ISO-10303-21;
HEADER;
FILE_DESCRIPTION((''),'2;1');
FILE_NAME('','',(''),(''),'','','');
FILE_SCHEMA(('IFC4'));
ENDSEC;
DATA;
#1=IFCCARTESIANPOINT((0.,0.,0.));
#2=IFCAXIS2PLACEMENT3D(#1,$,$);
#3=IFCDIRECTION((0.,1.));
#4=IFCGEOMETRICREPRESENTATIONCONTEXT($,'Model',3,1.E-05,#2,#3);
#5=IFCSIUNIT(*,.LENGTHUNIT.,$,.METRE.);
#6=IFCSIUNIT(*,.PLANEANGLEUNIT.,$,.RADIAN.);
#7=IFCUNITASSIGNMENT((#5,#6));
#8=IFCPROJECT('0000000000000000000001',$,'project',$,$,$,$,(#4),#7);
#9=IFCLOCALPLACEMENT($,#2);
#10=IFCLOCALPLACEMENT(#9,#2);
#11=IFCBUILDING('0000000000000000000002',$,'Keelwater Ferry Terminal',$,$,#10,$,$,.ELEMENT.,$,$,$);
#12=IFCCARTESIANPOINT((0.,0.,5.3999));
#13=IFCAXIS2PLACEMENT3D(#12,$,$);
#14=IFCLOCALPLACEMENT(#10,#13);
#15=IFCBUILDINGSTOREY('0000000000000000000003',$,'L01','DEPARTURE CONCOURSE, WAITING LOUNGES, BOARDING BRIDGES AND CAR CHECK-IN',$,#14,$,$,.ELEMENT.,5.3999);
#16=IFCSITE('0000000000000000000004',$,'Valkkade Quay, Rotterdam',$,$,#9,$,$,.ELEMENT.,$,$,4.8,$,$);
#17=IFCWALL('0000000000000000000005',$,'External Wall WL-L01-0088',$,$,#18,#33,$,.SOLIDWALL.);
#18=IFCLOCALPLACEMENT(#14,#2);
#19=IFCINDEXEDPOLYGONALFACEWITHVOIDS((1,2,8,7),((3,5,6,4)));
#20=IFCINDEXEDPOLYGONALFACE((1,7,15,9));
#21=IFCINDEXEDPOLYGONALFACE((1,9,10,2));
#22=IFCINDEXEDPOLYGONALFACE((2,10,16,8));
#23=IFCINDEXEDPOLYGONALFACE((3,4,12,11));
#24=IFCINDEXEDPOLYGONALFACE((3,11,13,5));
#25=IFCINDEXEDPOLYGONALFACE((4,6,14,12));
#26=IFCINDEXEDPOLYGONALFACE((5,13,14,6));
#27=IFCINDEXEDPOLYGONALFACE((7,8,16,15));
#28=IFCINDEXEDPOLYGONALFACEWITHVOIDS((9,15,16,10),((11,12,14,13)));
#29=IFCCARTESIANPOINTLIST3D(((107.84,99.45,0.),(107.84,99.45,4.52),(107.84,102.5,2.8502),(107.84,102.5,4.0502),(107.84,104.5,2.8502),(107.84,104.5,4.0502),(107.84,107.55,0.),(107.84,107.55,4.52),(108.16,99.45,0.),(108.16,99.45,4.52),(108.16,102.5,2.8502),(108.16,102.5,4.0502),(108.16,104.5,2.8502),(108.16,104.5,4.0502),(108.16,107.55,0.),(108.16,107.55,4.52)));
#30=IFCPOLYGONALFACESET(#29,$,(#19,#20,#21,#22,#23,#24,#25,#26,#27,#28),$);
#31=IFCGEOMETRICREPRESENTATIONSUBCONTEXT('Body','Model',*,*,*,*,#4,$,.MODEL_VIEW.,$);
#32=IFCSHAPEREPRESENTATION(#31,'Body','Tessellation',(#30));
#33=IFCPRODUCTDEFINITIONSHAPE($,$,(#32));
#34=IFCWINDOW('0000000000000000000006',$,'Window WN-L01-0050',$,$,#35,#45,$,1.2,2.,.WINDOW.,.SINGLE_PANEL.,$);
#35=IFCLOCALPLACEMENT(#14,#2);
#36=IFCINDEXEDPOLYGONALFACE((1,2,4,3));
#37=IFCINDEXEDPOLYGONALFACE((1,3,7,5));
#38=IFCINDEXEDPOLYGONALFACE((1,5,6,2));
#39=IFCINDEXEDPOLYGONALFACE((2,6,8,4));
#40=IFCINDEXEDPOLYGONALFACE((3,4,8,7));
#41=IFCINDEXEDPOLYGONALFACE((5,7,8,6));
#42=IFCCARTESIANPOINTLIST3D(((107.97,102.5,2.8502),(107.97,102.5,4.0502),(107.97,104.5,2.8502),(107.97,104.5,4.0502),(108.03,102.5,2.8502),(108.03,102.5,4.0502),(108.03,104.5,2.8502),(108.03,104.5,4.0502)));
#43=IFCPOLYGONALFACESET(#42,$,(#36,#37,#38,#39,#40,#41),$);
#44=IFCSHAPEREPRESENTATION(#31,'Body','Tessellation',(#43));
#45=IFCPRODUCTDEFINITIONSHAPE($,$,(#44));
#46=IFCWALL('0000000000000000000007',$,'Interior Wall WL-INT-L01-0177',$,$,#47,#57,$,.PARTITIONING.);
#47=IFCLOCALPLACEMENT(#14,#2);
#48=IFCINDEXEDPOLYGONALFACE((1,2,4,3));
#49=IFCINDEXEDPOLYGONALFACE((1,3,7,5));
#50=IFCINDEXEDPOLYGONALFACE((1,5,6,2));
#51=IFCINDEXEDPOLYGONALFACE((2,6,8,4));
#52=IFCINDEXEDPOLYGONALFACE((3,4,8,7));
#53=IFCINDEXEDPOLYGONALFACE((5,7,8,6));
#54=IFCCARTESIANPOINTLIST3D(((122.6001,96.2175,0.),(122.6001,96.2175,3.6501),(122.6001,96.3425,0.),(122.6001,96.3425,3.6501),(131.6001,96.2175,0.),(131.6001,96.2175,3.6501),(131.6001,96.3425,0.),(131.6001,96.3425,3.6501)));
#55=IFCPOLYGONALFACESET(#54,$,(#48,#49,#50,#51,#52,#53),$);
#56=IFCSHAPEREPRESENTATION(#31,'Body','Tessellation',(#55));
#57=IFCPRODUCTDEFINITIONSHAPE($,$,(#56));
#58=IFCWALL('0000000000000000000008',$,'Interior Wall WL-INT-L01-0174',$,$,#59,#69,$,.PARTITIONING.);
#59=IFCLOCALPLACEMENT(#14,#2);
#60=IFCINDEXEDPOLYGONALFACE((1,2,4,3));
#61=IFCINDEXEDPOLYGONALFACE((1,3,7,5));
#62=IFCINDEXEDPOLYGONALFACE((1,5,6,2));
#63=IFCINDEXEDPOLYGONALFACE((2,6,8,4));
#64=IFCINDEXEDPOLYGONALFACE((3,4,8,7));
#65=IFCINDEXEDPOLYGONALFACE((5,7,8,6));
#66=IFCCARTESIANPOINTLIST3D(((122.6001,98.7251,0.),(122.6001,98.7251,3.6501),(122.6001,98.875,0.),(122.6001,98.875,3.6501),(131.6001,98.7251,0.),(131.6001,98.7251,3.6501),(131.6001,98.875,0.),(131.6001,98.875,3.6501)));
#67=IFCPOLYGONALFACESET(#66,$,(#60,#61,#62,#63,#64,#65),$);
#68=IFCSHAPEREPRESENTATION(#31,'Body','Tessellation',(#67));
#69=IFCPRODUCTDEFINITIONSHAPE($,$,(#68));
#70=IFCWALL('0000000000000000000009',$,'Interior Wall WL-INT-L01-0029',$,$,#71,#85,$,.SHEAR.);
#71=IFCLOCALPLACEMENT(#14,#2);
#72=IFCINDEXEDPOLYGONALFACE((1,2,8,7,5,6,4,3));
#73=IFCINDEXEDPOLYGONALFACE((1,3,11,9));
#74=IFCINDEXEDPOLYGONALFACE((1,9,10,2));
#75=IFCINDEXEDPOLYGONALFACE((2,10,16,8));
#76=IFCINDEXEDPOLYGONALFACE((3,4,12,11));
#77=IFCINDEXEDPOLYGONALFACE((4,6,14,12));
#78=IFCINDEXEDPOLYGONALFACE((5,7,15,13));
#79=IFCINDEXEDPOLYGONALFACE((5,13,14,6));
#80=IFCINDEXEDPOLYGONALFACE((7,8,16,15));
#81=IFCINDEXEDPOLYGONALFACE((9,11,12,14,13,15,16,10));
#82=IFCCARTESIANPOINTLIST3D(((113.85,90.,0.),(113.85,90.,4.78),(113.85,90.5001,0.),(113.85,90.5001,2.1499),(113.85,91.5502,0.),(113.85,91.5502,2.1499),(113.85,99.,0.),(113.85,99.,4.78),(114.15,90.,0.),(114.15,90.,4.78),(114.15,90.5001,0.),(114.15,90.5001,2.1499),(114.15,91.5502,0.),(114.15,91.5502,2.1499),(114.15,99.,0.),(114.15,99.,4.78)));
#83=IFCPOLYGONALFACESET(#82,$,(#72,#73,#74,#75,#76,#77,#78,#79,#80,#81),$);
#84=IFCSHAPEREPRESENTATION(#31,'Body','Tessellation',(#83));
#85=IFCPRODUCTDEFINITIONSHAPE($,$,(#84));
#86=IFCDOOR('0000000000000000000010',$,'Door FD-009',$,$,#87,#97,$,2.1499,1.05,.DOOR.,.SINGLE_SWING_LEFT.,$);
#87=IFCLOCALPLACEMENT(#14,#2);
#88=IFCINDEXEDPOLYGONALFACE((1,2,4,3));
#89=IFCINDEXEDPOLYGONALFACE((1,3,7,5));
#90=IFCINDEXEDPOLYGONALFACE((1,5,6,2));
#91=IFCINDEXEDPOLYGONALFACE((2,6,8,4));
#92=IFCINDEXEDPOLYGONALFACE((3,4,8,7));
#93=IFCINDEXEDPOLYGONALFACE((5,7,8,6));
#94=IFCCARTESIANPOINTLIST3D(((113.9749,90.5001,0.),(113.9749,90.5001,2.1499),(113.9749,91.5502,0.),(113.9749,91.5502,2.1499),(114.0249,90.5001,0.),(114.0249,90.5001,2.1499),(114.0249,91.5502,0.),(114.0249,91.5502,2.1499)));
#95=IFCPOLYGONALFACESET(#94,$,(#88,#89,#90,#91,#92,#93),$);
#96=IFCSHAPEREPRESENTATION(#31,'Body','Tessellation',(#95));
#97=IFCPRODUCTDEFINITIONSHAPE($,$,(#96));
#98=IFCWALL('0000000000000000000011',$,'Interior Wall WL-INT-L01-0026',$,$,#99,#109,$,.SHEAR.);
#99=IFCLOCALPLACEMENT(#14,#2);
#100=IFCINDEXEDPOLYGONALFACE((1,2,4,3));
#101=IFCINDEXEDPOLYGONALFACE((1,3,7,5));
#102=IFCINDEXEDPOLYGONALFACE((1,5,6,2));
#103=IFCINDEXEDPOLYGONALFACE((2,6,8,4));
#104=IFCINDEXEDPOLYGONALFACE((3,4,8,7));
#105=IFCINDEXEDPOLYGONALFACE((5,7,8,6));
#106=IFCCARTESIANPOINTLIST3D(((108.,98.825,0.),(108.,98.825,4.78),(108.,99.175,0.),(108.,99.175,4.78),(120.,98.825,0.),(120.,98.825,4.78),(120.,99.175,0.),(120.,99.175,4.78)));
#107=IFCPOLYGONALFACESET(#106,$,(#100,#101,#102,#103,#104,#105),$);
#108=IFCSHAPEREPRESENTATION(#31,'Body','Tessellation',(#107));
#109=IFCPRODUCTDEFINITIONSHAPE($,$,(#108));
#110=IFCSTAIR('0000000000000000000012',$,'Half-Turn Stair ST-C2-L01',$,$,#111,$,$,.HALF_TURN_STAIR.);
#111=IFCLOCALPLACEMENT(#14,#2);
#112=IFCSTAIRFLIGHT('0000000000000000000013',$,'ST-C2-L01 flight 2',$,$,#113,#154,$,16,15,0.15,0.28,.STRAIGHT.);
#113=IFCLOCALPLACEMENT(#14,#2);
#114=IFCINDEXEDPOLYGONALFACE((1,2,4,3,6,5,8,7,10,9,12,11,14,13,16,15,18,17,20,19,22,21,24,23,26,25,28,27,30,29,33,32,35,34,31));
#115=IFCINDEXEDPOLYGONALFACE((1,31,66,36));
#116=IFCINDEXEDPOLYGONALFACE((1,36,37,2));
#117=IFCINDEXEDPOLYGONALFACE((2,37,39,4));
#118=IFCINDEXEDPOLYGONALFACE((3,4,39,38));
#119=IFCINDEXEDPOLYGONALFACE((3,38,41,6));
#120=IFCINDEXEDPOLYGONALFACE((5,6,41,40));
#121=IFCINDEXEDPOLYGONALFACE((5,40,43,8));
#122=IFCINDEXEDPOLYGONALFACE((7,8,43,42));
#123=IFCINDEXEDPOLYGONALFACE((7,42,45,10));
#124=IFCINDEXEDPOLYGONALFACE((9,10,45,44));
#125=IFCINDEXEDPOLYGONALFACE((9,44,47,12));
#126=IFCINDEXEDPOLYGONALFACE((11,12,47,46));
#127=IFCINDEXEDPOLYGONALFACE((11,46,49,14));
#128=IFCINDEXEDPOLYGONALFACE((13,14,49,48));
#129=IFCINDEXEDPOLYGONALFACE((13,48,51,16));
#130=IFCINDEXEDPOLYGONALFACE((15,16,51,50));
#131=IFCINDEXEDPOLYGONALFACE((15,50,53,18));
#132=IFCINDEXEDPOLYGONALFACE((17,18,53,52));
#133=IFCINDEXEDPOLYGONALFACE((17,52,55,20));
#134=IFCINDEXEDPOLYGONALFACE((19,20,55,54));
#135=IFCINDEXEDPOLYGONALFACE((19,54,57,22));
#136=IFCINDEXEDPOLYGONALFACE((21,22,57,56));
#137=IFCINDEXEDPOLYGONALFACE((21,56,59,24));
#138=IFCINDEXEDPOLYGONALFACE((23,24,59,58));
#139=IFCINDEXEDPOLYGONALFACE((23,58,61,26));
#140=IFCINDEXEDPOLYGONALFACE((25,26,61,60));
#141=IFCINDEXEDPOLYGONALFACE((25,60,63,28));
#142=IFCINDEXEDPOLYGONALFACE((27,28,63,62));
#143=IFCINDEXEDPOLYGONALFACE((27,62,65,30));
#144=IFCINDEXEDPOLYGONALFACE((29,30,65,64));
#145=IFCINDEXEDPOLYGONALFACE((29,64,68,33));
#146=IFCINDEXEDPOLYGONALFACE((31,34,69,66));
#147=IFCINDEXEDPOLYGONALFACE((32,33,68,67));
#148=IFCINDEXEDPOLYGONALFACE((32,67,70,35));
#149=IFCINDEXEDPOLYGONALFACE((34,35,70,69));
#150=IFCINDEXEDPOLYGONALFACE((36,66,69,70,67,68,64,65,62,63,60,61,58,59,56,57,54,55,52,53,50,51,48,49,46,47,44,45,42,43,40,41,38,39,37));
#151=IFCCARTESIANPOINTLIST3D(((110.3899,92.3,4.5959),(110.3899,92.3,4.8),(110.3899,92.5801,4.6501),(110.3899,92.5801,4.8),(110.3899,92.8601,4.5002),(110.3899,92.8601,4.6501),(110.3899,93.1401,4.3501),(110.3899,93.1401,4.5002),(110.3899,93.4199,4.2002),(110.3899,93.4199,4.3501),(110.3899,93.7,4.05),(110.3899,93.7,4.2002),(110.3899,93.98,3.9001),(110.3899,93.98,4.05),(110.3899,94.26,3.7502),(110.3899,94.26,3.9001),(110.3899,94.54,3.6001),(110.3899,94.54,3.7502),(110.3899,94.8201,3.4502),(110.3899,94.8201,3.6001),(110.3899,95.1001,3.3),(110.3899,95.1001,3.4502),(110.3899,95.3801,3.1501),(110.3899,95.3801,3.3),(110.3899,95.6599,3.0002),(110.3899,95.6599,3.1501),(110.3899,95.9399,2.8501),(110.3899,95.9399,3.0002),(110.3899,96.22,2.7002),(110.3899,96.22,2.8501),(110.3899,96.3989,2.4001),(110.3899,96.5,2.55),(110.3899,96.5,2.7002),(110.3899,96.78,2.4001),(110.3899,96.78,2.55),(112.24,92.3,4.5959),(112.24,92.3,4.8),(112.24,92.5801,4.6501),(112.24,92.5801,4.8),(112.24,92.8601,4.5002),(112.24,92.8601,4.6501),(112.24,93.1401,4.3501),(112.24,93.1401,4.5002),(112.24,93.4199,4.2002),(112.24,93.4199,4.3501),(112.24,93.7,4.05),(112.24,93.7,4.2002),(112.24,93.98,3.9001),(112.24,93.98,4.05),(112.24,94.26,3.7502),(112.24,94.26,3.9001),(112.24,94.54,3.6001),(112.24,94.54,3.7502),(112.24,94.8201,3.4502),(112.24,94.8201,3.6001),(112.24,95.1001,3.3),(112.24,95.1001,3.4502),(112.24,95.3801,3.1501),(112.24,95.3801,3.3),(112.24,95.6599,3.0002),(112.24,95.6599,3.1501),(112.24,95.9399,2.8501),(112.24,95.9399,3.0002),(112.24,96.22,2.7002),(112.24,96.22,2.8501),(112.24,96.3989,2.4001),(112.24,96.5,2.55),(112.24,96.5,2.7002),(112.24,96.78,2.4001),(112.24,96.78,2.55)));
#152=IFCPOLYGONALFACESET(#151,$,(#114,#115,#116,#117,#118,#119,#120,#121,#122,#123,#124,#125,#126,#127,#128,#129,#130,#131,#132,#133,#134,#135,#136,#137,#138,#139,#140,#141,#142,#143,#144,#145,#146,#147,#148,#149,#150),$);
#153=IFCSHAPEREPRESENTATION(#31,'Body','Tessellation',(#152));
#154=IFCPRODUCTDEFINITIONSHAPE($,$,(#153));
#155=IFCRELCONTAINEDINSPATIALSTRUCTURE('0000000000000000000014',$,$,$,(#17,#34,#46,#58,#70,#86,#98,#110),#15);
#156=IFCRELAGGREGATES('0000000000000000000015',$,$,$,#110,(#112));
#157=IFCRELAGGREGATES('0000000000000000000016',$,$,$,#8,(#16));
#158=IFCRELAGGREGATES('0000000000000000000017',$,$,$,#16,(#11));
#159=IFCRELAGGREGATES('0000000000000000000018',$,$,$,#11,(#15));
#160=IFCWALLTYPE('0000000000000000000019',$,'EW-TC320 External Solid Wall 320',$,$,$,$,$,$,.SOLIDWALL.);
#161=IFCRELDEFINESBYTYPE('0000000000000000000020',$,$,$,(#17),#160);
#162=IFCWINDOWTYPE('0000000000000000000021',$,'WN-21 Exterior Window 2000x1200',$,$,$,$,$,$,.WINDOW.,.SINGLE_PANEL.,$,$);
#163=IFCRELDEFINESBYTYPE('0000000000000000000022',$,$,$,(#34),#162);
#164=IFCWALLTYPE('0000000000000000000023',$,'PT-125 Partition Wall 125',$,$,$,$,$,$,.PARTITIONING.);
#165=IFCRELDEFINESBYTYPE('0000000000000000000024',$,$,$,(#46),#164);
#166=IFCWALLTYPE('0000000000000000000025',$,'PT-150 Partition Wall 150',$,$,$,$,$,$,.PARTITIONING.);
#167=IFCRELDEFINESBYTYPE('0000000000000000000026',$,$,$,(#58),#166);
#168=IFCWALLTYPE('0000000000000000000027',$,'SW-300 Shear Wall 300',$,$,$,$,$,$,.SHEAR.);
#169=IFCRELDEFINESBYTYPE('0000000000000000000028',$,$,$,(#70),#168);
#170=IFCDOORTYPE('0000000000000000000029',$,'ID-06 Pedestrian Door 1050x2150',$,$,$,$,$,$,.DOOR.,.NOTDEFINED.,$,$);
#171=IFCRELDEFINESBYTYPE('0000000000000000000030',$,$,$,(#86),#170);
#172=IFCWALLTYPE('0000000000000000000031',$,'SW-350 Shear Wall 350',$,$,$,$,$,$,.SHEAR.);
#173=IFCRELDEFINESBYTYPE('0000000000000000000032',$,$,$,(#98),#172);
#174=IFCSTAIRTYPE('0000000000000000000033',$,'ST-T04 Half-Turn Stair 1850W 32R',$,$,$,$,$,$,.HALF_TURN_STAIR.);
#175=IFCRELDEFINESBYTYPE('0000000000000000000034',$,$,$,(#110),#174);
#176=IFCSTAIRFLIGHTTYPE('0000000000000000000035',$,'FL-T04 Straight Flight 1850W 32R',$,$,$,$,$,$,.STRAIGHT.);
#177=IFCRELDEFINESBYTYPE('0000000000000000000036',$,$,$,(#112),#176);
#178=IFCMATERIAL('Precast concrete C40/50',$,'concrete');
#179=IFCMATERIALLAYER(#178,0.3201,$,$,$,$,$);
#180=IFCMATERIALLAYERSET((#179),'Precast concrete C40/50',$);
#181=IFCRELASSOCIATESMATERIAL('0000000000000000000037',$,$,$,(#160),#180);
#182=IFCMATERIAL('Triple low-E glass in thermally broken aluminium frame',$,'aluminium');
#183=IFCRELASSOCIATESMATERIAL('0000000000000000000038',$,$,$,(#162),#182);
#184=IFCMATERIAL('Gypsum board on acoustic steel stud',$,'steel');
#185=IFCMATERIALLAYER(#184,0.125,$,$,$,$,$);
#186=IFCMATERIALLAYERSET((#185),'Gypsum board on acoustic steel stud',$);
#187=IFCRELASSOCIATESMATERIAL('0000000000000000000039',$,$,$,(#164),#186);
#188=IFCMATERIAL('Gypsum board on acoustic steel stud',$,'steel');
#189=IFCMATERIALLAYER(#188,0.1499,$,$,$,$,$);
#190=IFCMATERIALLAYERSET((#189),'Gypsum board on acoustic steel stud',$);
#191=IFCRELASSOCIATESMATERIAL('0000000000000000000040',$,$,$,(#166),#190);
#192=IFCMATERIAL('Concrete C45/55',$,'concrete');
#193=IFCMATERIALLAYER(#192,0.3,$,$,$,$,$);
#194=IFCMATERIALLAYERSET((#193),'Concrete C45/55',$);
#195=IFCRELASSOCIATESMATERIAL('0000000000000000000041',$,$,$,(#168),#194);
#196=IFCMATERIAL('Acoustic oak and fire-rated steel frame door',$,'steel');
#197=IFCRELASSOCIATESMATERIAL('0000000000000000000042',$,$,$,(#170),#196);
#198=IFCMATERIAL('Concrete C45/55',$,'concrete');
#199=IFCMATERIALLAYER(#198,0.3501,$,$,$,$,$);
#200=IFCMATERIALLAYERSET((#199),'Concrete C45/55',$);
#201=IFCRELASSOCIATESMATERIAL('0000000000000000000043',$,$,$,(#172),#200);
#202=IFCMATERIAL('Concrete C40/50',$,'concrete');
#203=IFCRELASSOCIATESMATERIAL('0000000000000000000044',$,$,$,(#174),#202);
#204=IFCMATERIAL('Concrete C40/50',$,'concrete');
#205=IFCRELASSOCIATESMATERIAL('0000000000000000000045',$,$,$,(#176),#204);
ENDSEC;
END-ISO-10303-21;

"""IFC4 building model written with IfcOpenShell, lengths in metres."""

from ifc_helpers import new_model, si_unit, direction, frame, frame_2d, origin, place, context, subcontext, project, spatial, polyline, rectangle, outline, extrude, material, layer, layer_set, type_object, element, fill, aggregate, save


model = new_model("IFC4")

# Units and contexts
model_context = context("Model", 3, precision=1e-05, world=origin(), true_north=direction((0.0, 1.0)))
body_context = subcontext(model_context, "Body", "Model", "MODEL_VIEW")
ifc_project = project(units=[si_unit("LENGTHUNIT", "METRE"), si_unit("PLANEANGLEUNIT", "RADIAN")], contexts=[model_context])

# Site, building, storey
site_placement = place(None, origin())
site = spatial("IfcSite", under=ifc_project, at=site_placement, Name="Valkkade Quay, Rotterdam", CompositionType="ELEMENT", RefElevation=4.8)
building_placement = place(site_placement, origin())
building = spatial("IfcBuilding", under=site, at=building_placement, Name="Keelwater Ferry Terminal", CompositionType="ELEMENT")
storey_placement = place(building_placement, frame((0.0, 0.0, 5.3999)))
storey = spatial("IfcBuildingStorey", under=building, at=storey_placement, Name="L01", Description="DEPARTURE CONCOURSE, WAITING LOUNGES, BOARDING BRIDGES AND CAR CHECK-IN", CompositionType="ELEMENT", Elevation=5.3999)

# Wall, opening, window
ifc_material_1 = material(Name="Precast concrete C40/50", Category="concrete")
ifc_layer_1 = layer(ifc_material_1, 0.3201)
ifc_layer_set_1 = layer_set([ifc_layer_1], Name="Precast concrete C40/50")
wall_type_1 = type_object("IfcWallType", Name="EW-TC320 External Solid Wall 320", PredefinedType="SOLIDWALL", material=ifc_layer_set_1)
wall_1_placement = place(storey_placement, frame((108.0, 107.55, 0.0), z_axis=(0.0, 0.0, 1.0), x_axis=(0.0, -1.0, 0.0)))
wall_1 = element("IfcWall", 1, at=wall_1_placement, inside=storey, type_object=wall_type_1, Name="External Wall WL-L01-0088", PredefinedType="SOLIDWALL", context=body_context, shape_type="SweptSolid", body=[
    extrude(rectangle(XDim=8.1001, YDim=0.3201, at=frame_2d((4.05, 0.0))), origin(), (0.0, 0.0, 1.0), 4.52),
])
opening_1_placement = place(wall_1_placement, frame((3.05, 0.0, 2.8501)))
opening_1 = element("IfcOpeningElement", 2, at=opening_1_placement, cuts=wall_1, PredefinedType="OPENING", context=body_context, shape_type="SweptSolid", body=[
    extrude(rectangle(XDim=2.0, YDim=1.2, at=frame_2d((1.0, 0.6001))), frame((0.0, 0.1702, 0.0), z_axis=(0.0, -1.0, 0.0), x_axis=(1.0, 0.0, 0.0)), (0.0, 0.0, 1.0), 0.3401),
])
ifc_material_2 = material(Name="Triple low-E glass in thermally broken aluminium frame", Category="aluminium")
window_type = type_object("IfcWindowType", Name="WN-21 Exterior Window 2000x1200", PartitioningType="SINGLE_PANEL", PredefinedType="WINDOW", material=ifc_material_2)
window_placement = place(opening_1_placement, origin())
window = element("IfcWindow", 3, at=window_placement, inside=storey, type_object=window_type, Name="Window WN-L01-0050", OverallHeight=1.2, OverallWidth=2.0, PartitioningType="SINGLE_PANEL", PredefinedType="WINDOW", context=body_context, shape_type="SweptSolid", body=[
    extrude(rectangle(XDim=2.0, YDim=1.2, at=frame_2d((1.0, 0.6001))), frame((0.0, 0.03, 0.0), z_axis=(0.0, -1.0, 0.0), x_axis=(1.0, 0.0, 0.0)), (0.0, 0.0, 1.0), 0.0601),
])
fill(opening_1, window)

# Walls
ifc_material_3 = material(Name="Gypsum board on acoustic steel stud", Category="steel")
ifc_layer_2 = layer(ifc_material_3, 0.125)
ifc_layer_set_2 = layer_set([ifc_layer_2], Name="Gypsum board on acoustic steel stud")
wall_type_2 = type_object("IfcWallType", Name="PT-125 Partition Wall 125", PredefinedType="PARTITIONING", material=ifc_layer_set_2)
wall_2_placement = place(storey_placement, frame((122.6001, 96.28, 0.0), z_axis=(0.0, 0.0, 1.0), x_axis=(1.0, 0.0, 0.0)))
element("IfcWall", 4, at=wall_2_placement, inside=storey, type_object=wall_type_2, Name="Interior Wall WL-INT-L01-0177", PredefinedType="PARTITIONING", context=body_context, shape_type="SweptSolid", body=[
    extrude(rectangle(XDim=9.0, YDim=0.125, at=frame_2d((4.5, 0.0))), origin(), (0.0, 0.0, 1.0), 3.6501),
])
ifc_material_4 = material(Name="Gypsum board on acoustic steel stud", Category="steel")
ifc_layer_3 = layer(ifc_material_4, 0.1499)
ifc_layer_set_3 = layer_set([ifc_layer_3], Name="Gypsum board on acoustic steel stud")
wall_type_3 = type_object("IfcWallType", Name="PT-150 Partition Wall 150", PredefinedType="PARTITIONING", material=ifc_layer_set_3)
wall_3_placement = place(storey_placement, frame((122.6001, 98.8, 0.0), z_axis=(0.0, 0.0, 1.0), x_axis=(1.0, 0.0, 0.0)))
element("IfcWall", 5, at=wall_3_placement, inside=storey, type_object=wall_type_3, Name="Interior Wall WL-INT-L01-0174", PredefinedType="PARTITIONING", context=body_context, shape_type="SweptSolid", body=[
    extrude(rectangle(XDim=9.0, YDim=0.1499, at=frame_2d((4.5, 0.0))), origin(), (0.0, 0.0, 1.0), 3.6501),
])

# Wall, opening, door
ifc_material_5 = material(Name="Concrete C45/55", Category="concrete")
ifc_layer_4 = layer(ifc_material_5, 0.3)
ifc_layer_set_4 = layer_set([ifc_layer_4], Name="Concrete C45/55")
wall_type_4 = type_object("IfcWallType", Name="SW-300 Shear Wall 300", PredefinedType="SHEAR", material=ifc_layer_set_4)
wall_4_placement = place(storey_placement, frame((114.0, 99.0, 0.0), z_axis=(0.0, 0.0, 1.0), x_axis=(0.0, -1.0, 0.0)))
wall_4 = element("IfcWall", 6, at=wall_4_placement, inside=storey, type_object=wall_type_4, Name="Interior Wall WL-INT-L01-0029", PredefinedType="SHEAR", context=body_context, shape_type="SweptSolid", body=[
    extrude(rectangle(XDim=9.0, YDim=0.3, at=frame_2d((4.5, 0.0))), origin(), (0.0, 0.0, 1.0), 4.78),
])
opening_2_placement = place(wall_4_placement, frame((7.45, 0.0, 0.0)))
opening_2 = element("IfcOpeningElement", 7, at=opening_2_placement, cuts=wall_4, PredefinedType="OPENING", context=body_context, shape_type="SweptSolid", body=[
    extrude(rectangle(XDim=1.05, YDim=2.1499, at=frame_2d((0.5249, 1.075))), frame((0.0, 0.1599, 0.0), z_axis=(0.0, -1.0, 0.0), x_axis=(1.0, 0.0, 0.0)), (0.0, 0.0, 1.0), 0.3201),
])
ifc_material_6 = material(Name="Acoustic oak and fire-rated steel frame door", Category="steel")
door_type = type_object("IfcDoorType", Name="ID-06 Pedestrian Door 1050x2150", OperationType="NOTDEFINED", PredefinedType="DOOR", material=ifc_material_6)
door_placement = place(opening_2_placement, origin())
door = element("IfcDoor", 8, at=door_placement, inside=storey, type_object=door_type, Name="Door FD-009", OperationType="SINGLE_SWING_LEFT", OverallHeight=2.1499, OverallWidth=1.05, PredefinedType="DOOR", context=body_context, shape_type="SweptSolid", body=[
    extrude(rectangle(XDim=1.05, YDim=2.1499, at=frame_2d((0.5249, 1.075))), frame((0.0, 0.0249, 0.0), z_axis=(0.0, -1.0, 0.0), x_axis=(1.0, 0.0, 0.0)), (0.0, 0.0, 1.0), 0.05),
])
fill(opening_2, door)

# Wall
ifc_material_7 = material(Name="Concrete C45/55", Category="concrete")
ifc_layer_5 = layer(ifc_material_7, 0.3501)
ifc_layer_set_5 = layer_set([ifc_layer_5], Name="Concrete C45/55")
wall_type_5 = type_object("IfcWallType", Name="SW-350 Shear Wall 350", PredefinedType="SHEAR", material=ifc_layer_set_5)
wall_5_placement = place(storey_placement, frame((108.0, 99.0, 0.0), z_axis=(0.0, 0.0, 1.0), x_axis=(1.0, 0.0, 0.0)))
element("IfcWall", 9, at=wall_5_placement, inside=storey, type_object=wall_type_5, Name="Interior Wall WL-INT-L01-0026", PredefinedType="SHEAR", context=body_context, shape_type="SweptSolid", body=[
    extrude(rectangle(XDim=12.0, YDim=0.3501, at=frame_2d((6.0, 0.0))), origin(), (0.0, 0.0, 1.0), 4.78),
])

# Stair, stair flight
ifc_material_8 = material(Name="Concrete C40/50", Category="concrete")
stair_type_1 = type_object("IfcStairType", Name="ST-T04 Half-Turn Stair 1850W 32R", PredefinedType="HALF_TURN_STAIR", material=ifc_material_8)
stair_1_placement = place(storey_placement, origin())
stair_1 = element("IfcStair", 10, at=stair_1_placement, inside=storey, type_object=stair_type_1, Name="Half-Turn Stair ST-C2-L01", PredefinedType="HALF_TURN_STAIR")
ifc_material_9 = material(Name="Concrete C40/50", Category="concrete")
stair_flight_type_1 = type_object("IfcStairFlightType", Name="FL-T04 Straight Flight 1850W 32R", PredefinedType="STRAIGHT", material=ifc_material_9)
stair_flight_1_placement = place(storey_placement, frame((111.3149, 96.78, 2.4001), z_axis=(0.0, 0.0, 1.0), x_axis=(0.0, -1.0, 0.0)))
stair_flight_1 = element("IfcStairFlight", 11, at=stair_flight_1_placement, type_object=stair_flight_type_1, Name="ST-C2-L01 flight 2", NumberOfRisers=16, NumberOfTreads=15, PredefinedType="STRAIGHT", RiserHeight=0.15, TreadLength=0.28, context=body_context, shape_type="SweptSolid", body=[
    extrude(outline(polyline([(0.0, 0.0), (0.0, 0.1499), (0.28, 0.1499), (0.28, 0.3), (0.5601, 0.3), (0.5601, 0.45), (0.8401, 0.45), (0.8401, 0.6001), (1.1201, 0.6001), (1.1201, 0.75), (1.3999, 0.75), (1.3999, 0.8999), (1.6799, 0.8999), (1.6799, 1.05), (1.96, 1.05), (1.96, 1.2), (2.24, 1.2), (2.24, 1.3501), (2.52, 1.3501), (2.52, 1.5), (2.8, 1.5), (2.8, 1.6499), (3.0801, 1.6499), (3.0801, 1.8), (3.3601, 1.8), (3.3601, 1.95), (3.6399, 1.95), (3.6399, 2.1001), (3.9199, 2.1001), (3.9199, 2.25), (4.2, 2.25), (4.2, 2.3999), (4.48, 2.3999), (4.48, 2.1958), (0.3811, 0.0), (0.0, 0.0)])), frame((0.0, 0.925, 0.0), z_axis=(0.0, -1.0, 0.0), x_axis=(1.0, 0.0, 0.0)), (0.0, 0.0, 1.0), 1.8501),
])
aggregate(stair_1, [stair_flight_1])

save(model, "model.ifc")
